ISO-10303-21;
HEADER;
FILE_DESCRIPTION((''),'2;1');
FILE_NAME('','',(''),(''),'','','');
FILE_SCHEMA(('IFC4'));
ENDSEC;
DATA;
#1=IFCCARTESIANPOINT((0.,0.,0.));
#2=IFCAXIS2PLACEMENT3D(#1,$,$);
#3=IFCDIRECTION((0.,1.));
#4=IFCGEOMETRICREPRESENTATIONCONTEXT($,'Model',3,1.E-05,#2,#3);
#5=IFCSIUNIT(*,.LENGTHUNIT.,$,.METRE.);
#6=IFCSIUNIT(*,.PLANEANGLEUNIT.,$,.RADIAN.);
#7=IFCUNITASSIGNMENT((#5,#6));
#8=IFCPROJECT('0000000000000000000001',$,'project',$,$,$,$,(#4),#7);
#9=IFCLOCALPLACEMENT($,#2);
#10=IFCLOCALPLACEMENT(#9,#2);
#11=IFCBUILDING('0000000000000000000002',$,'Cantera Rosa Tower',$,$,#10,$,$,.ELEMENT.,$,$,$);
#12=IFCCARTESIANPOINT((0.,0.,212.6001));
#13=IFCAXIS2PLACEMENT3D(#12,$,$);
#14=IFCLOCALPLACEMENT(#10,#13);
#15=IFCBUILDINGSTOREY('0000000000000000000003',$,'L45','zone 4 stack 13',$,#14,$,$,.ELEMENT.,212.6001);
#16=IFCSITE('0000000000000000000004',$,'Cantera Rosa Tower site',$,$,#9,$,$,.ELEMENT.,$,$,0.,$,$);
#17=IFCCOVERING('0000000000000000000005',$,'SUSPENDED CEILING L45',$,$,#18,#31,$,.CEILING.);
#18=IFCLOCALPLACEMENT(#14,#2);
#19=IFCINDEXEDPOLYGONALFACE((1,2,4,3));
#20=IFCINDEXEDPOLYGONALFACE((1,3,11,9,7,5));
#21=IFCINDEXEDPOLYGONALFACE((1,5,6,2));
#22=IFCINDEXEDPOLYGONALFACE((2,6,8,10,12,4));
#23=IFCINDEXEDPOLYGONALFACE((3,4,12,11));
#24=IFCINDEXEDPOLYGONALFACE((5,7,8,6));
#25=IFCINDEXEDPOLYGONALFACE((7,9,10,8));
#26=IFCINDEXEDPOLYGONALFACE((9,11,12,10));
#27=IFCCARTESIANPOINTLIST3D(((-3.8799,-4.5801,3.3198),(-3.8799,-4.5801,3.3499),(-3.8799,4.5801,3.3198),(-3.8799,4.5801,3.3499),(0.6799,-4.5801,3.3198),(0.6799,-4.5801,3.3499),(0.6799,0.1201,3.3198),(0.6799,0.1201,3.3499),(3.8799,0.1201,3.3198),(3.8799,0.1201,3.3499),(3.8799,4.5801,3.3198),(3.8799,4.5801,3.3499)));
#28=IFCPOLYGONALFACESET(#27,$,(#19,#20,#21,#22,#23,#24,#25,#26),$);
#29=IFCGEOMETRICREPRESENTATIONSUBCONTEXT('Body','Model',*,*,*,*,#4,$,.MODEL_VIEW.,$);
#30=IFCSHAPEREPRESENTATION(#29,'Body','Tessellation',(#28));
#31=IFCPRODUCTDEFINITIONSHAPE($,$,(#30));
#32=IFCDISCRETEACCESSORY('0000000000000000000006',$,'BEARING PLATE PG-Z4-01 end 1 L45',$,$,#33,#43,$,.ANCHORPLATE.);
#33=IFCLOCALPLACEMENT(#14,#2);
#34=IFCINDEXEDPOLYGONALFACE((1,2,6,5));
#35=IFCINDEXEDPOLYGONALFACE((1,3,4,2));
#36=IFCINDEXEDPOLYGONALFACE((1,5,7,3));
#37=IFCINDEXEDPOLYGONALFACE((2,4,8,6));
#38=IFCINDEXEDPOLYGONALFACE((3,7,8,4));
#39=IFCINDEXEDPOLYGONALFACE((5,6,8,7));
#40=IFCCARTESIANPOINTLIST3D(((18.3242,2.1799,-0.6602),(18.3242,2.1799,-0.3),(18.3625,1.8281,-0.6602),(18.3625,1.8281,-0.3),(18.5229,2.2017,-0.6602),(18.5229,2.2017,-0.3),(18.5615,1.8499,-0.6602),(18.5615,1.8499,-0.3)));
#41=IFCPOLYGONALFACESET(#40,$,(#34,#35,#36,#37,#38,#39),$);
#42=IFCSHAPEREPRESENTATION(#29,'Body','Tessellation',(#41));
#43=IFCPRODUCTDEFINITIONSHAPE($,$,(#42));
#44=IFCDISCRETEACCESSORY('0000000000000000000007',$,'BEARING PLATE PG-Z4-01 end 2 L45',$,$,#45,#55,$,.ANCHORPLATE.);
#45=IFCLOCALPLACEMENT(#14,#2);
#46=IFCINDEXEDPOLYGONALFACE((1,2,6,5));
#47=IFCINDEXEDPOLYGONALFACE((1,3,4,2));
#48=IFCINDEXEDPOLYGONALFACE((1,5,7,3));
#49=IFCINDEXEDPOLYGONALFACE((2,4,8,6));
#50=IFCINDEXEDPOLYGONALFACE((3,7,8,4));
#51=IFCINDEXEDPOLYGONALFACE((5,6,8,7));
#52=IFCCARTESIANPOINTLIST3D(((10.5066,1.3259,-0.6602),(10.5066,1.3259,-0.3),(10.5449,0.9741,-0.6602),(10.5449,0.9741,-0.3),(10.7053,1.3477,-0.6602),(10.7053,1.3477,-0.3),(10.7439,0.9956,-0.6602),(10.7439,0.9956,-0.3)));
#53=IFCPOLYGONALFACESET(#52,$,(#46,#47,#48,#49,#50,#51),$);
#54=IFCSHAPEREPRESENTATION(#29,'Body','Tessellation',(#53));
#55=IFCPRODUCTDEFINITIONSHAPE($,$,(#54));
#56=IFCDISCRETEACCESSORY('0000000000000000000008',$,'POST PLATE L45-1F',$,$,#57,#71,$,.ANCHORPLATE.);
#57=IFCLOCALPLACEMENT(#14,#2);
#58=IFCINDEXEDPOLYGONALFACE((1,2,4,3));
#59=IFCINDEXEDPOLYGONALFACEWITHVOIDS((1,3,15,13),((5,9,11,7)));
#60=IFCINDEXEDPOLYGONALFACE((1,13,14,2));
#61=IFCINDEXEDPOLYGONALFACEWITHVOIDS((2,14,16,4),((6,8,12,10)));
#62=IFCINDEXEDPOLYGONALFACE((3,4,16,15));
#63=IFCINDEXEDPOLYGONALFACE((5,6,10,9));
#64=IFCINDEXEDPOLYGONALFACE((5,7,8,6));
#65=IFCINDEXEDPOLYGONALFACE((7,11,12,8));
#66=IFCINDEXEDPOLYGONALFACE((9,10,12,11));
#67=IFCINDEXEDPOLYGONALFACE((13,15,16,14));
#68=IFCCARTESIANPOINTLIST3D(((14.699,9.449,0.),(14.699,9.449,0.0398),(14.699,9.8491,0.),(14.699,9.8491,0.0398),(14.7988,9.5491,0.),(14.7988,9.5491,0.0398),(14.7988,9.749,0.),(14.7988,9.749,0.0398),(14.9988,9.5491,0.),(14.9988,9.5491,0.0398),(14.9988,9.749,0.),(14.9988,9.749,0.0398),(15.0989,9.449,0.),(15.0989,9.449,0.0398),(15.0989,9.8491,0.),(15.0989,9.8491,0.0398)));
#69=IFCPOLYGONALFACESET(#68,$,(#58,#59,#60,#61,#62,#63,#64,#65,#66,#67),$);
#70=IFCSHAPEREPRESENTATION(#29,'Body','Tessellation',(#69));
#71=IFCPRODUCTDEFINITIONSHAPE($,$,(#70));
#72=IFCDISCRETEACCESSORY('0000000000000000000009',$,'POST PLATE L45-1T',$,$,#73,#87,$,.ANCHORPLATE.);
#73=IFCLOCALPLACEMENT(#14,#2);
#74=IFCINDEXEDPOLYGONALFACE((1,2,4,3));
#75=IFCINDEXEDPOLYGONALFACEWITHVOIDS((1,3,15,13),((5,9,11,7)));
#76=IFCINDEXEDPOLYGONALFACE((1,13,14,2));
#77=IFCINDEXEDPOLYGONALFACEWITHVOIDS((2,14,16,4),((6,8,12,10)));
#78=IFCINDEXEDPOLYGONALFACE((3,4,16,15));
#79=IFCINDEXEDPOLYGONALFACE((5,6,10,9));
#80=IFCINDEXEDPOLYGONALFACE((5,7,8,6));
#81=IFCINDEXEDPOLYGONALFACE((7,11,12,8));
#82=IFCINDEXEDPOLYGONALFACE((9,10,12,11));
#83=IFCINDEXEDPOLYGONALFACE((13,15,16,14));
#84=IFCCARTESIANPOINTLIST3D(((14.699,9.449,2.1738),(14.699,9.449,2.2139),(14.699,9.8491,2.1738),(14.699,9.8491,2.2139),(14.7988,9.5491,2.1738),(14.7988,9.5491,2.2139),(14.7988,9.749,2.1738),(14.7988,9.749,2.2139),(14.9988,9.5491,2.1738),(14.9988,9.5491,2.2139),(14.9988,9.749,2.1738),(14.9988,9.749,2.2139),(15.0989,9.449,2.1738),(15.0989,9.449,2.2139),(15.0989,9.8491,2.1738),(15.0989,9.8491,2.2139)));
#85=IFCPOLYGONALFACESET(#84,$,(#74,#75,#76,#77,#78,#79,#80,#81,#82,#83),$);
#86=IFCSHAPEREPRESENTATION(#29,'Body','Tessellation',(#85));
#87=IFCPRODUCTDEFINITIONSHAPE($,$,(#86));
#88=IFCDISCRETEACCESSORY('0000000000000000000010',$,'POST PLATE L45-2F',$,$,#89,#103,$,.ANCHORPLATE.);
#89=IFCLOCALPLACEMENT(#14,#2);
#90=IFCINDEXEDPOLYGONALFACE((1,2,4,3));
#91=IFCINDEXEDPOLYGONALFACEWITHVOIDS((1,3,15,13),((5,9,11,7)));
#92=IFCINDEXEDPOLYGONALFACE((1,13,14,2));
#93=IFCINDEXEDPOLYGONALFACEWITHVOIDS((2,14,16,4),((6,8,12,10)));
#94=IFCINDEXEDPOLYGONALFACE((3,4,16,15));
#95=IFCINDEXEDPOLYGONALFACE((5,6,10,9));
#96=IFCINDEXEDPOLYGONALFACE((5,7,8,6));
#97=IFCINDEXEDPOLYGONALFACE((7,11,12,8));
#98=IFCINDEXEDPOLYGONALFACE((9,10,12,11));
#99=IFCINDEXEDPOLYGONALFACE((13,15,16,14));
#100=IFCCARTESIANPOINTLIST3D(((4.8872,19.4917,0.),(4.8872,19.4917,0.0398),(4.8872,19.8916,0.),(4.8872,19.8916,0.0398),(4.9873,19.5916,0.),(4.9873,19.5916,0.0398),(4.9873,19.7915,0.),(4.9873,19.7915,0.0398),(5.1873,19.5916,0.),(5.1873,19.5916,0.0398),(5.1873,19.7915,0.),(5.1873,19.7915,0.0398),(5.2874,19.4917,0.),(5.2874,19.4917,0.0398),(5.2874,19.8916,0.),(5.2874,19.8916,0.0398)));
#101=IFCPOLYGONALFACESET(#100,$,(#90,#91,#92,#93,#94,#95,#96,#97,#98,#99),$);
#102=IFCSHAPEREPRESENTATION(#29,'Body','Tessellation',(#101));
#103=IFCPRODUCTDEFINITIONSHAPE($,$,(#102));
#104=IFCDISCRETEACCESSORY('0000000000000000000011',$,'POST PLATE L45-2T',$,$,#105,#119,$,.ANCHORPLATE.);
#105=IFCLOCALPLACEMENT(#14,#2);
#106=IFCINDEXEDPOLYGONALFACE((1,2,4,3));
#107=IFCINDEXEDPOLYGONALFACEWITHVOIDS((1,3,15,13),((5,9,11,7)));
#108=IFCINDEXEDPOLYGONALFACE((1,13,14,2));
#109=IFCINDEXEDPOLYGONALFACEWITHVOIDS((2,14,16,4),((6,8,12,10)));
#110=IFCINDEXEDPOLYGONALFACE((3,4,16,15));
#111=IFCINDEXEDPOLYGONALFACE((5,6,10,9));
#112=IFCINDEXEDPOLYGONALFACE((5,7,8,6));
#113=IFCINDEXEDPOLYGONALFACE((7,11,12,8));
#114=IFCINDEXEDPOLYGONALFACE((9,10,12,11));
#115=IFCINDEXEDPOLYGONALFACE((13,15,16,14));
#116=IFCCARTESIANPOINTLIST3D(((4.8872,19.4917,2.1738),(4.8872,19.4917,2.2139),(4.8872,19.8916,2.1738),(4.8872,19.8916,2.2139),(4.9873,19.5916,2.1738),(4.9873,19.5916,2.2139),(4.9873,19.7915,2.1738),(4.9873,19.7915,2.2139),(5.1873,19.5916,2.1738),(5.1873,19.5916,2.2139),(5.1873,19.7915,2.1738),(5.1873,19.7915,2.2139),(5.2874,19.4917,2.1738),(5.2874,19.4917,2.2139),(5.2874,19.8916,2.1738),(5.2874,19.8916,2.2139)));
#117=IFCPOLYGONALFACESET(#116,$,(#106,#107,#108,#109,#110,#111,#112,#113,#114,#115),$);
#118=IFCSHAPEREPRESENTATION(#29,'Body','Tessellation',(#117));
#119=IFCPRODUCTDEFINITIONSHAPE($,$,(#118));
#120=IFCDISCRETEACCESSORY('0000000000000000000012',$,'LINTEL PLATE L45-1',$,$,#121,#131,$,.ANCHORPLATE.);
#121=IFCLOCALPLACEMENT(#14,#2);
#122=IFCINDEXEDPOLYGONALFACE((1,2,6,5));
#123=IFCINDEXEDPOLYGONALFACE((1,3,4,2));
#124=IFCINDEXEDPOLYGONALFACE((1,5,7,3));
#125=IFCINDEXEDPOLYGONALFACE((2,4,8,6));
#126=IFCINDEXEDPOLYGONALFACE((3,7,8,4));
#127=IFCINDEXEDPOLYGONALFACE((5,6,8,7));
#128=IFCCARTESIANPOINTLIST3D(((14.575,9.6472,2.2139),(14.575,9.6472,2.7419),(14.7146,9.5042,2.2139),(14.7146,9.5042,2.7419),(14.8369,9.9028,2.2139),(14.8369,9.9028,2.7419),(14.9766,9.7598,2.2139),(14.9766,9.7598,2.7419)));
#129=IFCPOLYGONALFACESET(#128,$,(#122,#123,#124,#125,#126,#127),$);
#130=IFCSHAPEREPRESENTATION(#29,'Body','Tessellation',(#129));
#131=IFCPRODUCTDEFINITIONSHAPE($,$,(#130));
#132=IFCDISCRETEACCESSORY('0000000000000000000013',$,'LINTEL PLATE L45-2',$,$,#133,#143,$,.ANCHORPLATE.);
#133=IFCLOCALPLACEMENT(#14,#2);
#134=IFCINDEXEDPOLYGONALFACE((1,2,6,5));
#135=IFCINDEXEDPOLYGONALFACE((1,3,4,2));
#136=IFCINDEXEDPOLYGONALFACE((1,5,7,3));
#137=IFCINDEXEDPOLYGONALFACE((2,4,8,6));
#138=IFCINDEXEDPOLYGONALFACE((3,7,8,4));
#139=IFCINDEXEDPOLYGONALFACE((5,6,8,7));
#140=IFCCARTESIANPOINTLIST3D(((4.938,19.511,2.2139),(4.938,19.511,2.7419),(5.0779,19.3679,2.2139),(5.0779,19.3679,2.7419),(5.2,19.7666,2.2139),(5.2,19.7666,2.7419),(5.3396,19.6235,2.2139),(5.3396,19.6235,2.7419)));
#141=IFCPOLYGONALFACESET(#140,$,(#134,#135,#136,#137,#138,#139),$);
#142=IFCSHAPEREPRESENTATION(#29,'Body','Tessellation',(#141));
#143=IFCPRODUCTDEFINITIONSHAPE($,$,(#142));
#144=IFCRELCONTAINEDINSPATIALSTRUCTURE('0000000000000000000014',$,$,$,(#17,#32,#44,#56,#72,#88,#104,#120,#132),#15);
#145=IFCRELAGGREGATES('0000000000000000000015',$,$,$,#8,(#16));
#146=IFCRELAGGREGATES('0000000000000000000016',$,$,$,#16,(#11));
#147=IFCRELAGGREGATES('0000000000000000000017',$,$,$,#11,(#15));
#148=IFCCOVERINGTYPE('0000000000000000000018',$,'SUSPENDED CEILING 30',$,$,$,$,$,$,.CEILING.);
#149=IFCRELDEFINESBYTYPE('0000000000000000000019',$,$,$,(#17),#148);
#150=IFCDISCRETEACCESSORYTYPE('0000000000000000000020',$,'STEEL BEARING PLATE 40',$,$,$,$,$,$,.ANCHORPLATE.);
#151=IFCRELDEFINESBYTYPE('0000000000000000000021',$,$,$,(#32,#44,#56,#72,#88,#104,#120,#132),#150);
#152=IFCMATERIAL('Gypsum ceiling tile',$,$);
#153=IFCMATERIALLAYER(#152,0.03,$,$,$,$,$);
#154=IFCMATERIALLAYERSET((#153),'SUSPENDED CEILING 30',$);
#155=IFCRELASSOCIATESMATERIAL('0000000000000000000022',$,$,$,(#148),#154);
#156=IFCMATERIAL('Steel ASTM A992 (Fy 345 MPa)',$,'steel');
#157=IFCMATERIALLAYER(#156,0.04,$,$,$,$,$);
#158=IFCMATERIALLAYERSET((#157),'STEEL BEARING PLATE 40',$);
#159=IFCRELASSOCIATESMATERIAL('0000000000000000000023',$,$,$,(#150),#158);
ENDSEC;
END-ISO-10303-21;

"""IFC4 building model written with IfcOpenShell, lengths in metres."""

from ifc_helpers import new_model, si_unit, direction, frame, origin, place, context, subcontext, project, spatial, polyline, outline, extrude, material, layer, layer_set, type_object, element, save


model = new_model("IFC4")

# Units and contexts
model_context = context("Model", 3, precision=1e-05, world=origin(), true_north=direction((0.0, 1.0)))
body_context = subcontext(model_context, "Body", "Model", "MODEL_VIEW")
ifc_project = project(units=[si_unit("LENGTHUNIT", "METRE"), si_unit("PLANEANGLEUNIT", "RADIAN")], contexts=[model_context])

# Site, building, storey
site_placement = place(None, origin())
site = spatial("IfcSite", under=ifc_project, at=site_placement, Name="Cantera Rosa Tower site", CompositionType="ELEMENT", RefElevation=0.0)
building_placement = place(site_placement, origin())
building = spatial("IfcBuilding", under=site, at=building_placement, Name="Cantera Rosa Tower", CompositionType="ELEMENT")
storey_placement = place(building_placement, frame((0.0, 0.0, 212.6001)))
storey = spatial("IfcBuildingStorey", under=building, at=storey_placement, Name="L45", Description="zone 4 stack 13", CompositionType="ELEMENT", Elevation=212.6001)

# Covering
ifc_material_1 = material(Name="Gypsum ceiling tile")
ifc_layer_1 = layer(ifc_material_1, 0.03)
ifc_layer_set_1 = layer_set([ifc_layer_1], Name="SUSPENDED CEILING 30")
covering_type_1 = type_object("IfcCoveringType", Name="SUSPENDED CEILING 30", PredefinedType="CEILING", material=ifc_layer_set_1)
covering_1_placement = place(storey_placement, frame((0.0, 0.0, 3.3198)))
element("IfcCovering", 1, at=covering_1_placement, inside=storey, type_object=covering_type_1, Name="SUSPENDED CEILING L45", PredefinedType="CEILING", context=body_context, shape_type="SweptSolid", body=[
    extrude(outline(polyline([(3.8799, 4.5801), (3.8799, 0.1201), (0.6799, 0.1201), (0.6799, -4.5801), (-3.8799, -4.5801), (-3.8799, 4.5801), (3.8799, 4.5801)])), origin(), (0.0, 0.0, 1.0), 0.03),
])

# Discrete accessories
ifc_material_2 = material(Name="Steel ASTM A992 (Fy 345 MPa)", Category="steel")
ifc_layer_2 = layer(ifc_material_2, 0.04)
ifc_layer_set_2 = layer_set([ifc_layer_2], Name="STEEL BEARING PLATE 40")
discrete_accessory_type = type_object("IfcDiscreteAccessoryType", Name="STEEL BEARING PLATE 40", PredefinedType="ANCHORPLATE", material=ifc_layer_set_2)
discrete_accessory_1_placement = place(storey_placement, frame((0.0, 0.0, -0.6602)))
element("IfcDiscreteAccessory", 2, at=discrete_accessory_1_placement, inside=storey, type_object=discrete_accessory_type, Name="BEARING PLATE PG-Z4-01 end 1 L45", PredefinedType="ANCHORPLATE", context=body_context, shape_type="SweptSolid", body=[
    extrude(outline(polyline([(18.3625, 1.8281), (18.5615, 1.8499), (18.5229, 2.2017), (18.3242, 2.1799), (18.3625, 1.8281)])), origin(), (0.0, 0.0, 1.0), 0.3601),
])
discrete_accessory_2_placement = place(storey_placement, frame((0.0, 0.0, -0.6602)))
element("IfcDiscreteAccessory", 3, at=discrete_accessory_2_placement, inside=storey, type_object=discrete_accessory_type, Name="BEARING PLATE PG-Z4-01 end 2 L45", PredefinedType="ANCHORPLATE", context=body_context, shape_type="SweptSolid", body=[
    extrude(outline(polyline([(10.7053, 1.3477), (10.5066, 1.3259), (10.5449, 0.9741), (10.7439, 0.9956), (10.7053, 1.3477)])), origin(), (0.0, 0.0, 1.0), 0.3601),
])
discrete_accessory_3_placement = place(storey_placement, origin())
element("IfcDiscreteAccessory", 4, at=discrete_accessory_3_placement, inside=storey, type_object=discrete_accessory_type, Name="POST PLATE L45-1F", PredefinedType="ANCHORPLATE", context=body_context, shape_type="SweptSolid", body=[
    extrude(outline(polyline([(14.699, 9.449), (15.0989, 9.449), (15.0989, 9.8491), (14.699, 9.8491), (14.699, 9.449)]), holes=[polyline([(14.7988, 9.5491), (14.9988, 9.5491), (14.9988, 9.749), (14.7988, 9.749), (14.7988, 9.5491)])]), origin(), (0.0, 0.0, 1.0), 0.0398),
])
discrete_accessory_4_placement = place(storey_placement, frame((0.0, 0.0, 2.1738)))
element("IfcDiscreteAccessory", 5, at=discrete_accessory_4_placement, inside=storey, type_object=discrete_accessory_type, Name="POST PLATE L45-1T", PredefinedType="ANCHORPLATE", context=body_context, shape_type="SweptSolid", body=[
    extrude(outline(polyline([(14.699, 9.449), (15.0989, 9.449), (15.0989, 9.8491), (14.699, 9.8491), (14.699, 9.449)]), holes=[polyline([(14.7988, 9.5491), (14.9988, 9.5491), (14.9988, 9.749), (14.7988, 9.749), (14.7988, 9.5491)])]), origin(), (0.0, 0.0, 1.0), 0.04),
])
discrete_accessory_5_placement = place(storey_placement, origin())
element("IfcDiscreteAccessory", 6, at=discrete_accessory_5_placement, inside=storey, type_object=discrete_accessory_type, Name="POST PLATE L45-2F", PredefinedType="ANCHORPLATE", context=body_context, shape_type="SweptSolid", body=[
    extrude(outline(polyline([(4.8872, 19.4917), (5.2874, 19.4917), (5.2874, 19.8916), (4.8872, 19.8916), (4.8872, 19.4917)]), holes=[polyline([(4.9873, 19.5916), (5.1873, 19.5916), (5.1873, 19.7915), (4.9873, 19.7915), (4.9873, 19.5916)])]), origin(), (0.0, 0.0, 1.0), 0.0398),
])
discrete_accessory_6_placement = place(storey_placement, frame((0.0, 0.0, 2.1738)))
element("IfcDiscreteAccessory", 7, at=discrete_accessory_6_placement, inside=storey, type_object=discrete_accessory_type, Name="POST PLATE L45-2T", PredefinedType="ANCHORPLATE", context=body_context, shape_type="SweptSolid", body=[
    extrude(outline(polyline([(4.8872, 19.4917), (5.2874, 19.4917), (5.2874, 19.8916), (4.8872, 19.8916), (4.8872, 19.4917)]), holes=[polyline([(4.9873, 19.5916), (5.1873, 19.5916), (5.1873, 19.7915), (4.9873, 19.7915), (4.9873, 19.5916)])]), origin(), (0.0, 0.0, 1.0), 0.04),
])
discrete_accessory_7_placement = place(storey_placement, frame((0.0, 0.0, 2.2139)))
element("IfcDiscreteAccessory", 8, at=discrete_accessory_7_placement, inside=storey, type_object=discrete_accessory_type, Name="LINTEL PLATE L45-1", PredefinedType="ANCHORPLATE", context=body_context, shape_type="SweptSolid", body=[
    extrude(outline(polyline([(14.575, 9.6472), (14.7146, 9.5042), (14.9766, 9.7598), (14.8369, 9.9028), (14.575, 9.6472)])), origin(), (0.0, 0.0, 1.0), 0.5281),
])
discrete_accessory_8_placement = place(storey_placement, frame((0.0, 0.0, 2.2139)))
element("IfcDiscreteAccessory", 9, at=discrete_accessory_8_placement, inside=storey, type_object=discrete_accessory_type, Name="LINTEL PLATE L45-2", PredefinedType="ANCHORPLATE", context=body_context, shape_type="SweptSolid", body=[
    extrude(outline(polyline([(5.3396, 19.6235), (5.2, 19.7666), (4.938, 19.511), (5.0779, 19.3679), (5.3396, 19.6235)])), origin(), (0.0, 0.0, 1.0), 0.5281),
])

save(model, "model.ifc")
